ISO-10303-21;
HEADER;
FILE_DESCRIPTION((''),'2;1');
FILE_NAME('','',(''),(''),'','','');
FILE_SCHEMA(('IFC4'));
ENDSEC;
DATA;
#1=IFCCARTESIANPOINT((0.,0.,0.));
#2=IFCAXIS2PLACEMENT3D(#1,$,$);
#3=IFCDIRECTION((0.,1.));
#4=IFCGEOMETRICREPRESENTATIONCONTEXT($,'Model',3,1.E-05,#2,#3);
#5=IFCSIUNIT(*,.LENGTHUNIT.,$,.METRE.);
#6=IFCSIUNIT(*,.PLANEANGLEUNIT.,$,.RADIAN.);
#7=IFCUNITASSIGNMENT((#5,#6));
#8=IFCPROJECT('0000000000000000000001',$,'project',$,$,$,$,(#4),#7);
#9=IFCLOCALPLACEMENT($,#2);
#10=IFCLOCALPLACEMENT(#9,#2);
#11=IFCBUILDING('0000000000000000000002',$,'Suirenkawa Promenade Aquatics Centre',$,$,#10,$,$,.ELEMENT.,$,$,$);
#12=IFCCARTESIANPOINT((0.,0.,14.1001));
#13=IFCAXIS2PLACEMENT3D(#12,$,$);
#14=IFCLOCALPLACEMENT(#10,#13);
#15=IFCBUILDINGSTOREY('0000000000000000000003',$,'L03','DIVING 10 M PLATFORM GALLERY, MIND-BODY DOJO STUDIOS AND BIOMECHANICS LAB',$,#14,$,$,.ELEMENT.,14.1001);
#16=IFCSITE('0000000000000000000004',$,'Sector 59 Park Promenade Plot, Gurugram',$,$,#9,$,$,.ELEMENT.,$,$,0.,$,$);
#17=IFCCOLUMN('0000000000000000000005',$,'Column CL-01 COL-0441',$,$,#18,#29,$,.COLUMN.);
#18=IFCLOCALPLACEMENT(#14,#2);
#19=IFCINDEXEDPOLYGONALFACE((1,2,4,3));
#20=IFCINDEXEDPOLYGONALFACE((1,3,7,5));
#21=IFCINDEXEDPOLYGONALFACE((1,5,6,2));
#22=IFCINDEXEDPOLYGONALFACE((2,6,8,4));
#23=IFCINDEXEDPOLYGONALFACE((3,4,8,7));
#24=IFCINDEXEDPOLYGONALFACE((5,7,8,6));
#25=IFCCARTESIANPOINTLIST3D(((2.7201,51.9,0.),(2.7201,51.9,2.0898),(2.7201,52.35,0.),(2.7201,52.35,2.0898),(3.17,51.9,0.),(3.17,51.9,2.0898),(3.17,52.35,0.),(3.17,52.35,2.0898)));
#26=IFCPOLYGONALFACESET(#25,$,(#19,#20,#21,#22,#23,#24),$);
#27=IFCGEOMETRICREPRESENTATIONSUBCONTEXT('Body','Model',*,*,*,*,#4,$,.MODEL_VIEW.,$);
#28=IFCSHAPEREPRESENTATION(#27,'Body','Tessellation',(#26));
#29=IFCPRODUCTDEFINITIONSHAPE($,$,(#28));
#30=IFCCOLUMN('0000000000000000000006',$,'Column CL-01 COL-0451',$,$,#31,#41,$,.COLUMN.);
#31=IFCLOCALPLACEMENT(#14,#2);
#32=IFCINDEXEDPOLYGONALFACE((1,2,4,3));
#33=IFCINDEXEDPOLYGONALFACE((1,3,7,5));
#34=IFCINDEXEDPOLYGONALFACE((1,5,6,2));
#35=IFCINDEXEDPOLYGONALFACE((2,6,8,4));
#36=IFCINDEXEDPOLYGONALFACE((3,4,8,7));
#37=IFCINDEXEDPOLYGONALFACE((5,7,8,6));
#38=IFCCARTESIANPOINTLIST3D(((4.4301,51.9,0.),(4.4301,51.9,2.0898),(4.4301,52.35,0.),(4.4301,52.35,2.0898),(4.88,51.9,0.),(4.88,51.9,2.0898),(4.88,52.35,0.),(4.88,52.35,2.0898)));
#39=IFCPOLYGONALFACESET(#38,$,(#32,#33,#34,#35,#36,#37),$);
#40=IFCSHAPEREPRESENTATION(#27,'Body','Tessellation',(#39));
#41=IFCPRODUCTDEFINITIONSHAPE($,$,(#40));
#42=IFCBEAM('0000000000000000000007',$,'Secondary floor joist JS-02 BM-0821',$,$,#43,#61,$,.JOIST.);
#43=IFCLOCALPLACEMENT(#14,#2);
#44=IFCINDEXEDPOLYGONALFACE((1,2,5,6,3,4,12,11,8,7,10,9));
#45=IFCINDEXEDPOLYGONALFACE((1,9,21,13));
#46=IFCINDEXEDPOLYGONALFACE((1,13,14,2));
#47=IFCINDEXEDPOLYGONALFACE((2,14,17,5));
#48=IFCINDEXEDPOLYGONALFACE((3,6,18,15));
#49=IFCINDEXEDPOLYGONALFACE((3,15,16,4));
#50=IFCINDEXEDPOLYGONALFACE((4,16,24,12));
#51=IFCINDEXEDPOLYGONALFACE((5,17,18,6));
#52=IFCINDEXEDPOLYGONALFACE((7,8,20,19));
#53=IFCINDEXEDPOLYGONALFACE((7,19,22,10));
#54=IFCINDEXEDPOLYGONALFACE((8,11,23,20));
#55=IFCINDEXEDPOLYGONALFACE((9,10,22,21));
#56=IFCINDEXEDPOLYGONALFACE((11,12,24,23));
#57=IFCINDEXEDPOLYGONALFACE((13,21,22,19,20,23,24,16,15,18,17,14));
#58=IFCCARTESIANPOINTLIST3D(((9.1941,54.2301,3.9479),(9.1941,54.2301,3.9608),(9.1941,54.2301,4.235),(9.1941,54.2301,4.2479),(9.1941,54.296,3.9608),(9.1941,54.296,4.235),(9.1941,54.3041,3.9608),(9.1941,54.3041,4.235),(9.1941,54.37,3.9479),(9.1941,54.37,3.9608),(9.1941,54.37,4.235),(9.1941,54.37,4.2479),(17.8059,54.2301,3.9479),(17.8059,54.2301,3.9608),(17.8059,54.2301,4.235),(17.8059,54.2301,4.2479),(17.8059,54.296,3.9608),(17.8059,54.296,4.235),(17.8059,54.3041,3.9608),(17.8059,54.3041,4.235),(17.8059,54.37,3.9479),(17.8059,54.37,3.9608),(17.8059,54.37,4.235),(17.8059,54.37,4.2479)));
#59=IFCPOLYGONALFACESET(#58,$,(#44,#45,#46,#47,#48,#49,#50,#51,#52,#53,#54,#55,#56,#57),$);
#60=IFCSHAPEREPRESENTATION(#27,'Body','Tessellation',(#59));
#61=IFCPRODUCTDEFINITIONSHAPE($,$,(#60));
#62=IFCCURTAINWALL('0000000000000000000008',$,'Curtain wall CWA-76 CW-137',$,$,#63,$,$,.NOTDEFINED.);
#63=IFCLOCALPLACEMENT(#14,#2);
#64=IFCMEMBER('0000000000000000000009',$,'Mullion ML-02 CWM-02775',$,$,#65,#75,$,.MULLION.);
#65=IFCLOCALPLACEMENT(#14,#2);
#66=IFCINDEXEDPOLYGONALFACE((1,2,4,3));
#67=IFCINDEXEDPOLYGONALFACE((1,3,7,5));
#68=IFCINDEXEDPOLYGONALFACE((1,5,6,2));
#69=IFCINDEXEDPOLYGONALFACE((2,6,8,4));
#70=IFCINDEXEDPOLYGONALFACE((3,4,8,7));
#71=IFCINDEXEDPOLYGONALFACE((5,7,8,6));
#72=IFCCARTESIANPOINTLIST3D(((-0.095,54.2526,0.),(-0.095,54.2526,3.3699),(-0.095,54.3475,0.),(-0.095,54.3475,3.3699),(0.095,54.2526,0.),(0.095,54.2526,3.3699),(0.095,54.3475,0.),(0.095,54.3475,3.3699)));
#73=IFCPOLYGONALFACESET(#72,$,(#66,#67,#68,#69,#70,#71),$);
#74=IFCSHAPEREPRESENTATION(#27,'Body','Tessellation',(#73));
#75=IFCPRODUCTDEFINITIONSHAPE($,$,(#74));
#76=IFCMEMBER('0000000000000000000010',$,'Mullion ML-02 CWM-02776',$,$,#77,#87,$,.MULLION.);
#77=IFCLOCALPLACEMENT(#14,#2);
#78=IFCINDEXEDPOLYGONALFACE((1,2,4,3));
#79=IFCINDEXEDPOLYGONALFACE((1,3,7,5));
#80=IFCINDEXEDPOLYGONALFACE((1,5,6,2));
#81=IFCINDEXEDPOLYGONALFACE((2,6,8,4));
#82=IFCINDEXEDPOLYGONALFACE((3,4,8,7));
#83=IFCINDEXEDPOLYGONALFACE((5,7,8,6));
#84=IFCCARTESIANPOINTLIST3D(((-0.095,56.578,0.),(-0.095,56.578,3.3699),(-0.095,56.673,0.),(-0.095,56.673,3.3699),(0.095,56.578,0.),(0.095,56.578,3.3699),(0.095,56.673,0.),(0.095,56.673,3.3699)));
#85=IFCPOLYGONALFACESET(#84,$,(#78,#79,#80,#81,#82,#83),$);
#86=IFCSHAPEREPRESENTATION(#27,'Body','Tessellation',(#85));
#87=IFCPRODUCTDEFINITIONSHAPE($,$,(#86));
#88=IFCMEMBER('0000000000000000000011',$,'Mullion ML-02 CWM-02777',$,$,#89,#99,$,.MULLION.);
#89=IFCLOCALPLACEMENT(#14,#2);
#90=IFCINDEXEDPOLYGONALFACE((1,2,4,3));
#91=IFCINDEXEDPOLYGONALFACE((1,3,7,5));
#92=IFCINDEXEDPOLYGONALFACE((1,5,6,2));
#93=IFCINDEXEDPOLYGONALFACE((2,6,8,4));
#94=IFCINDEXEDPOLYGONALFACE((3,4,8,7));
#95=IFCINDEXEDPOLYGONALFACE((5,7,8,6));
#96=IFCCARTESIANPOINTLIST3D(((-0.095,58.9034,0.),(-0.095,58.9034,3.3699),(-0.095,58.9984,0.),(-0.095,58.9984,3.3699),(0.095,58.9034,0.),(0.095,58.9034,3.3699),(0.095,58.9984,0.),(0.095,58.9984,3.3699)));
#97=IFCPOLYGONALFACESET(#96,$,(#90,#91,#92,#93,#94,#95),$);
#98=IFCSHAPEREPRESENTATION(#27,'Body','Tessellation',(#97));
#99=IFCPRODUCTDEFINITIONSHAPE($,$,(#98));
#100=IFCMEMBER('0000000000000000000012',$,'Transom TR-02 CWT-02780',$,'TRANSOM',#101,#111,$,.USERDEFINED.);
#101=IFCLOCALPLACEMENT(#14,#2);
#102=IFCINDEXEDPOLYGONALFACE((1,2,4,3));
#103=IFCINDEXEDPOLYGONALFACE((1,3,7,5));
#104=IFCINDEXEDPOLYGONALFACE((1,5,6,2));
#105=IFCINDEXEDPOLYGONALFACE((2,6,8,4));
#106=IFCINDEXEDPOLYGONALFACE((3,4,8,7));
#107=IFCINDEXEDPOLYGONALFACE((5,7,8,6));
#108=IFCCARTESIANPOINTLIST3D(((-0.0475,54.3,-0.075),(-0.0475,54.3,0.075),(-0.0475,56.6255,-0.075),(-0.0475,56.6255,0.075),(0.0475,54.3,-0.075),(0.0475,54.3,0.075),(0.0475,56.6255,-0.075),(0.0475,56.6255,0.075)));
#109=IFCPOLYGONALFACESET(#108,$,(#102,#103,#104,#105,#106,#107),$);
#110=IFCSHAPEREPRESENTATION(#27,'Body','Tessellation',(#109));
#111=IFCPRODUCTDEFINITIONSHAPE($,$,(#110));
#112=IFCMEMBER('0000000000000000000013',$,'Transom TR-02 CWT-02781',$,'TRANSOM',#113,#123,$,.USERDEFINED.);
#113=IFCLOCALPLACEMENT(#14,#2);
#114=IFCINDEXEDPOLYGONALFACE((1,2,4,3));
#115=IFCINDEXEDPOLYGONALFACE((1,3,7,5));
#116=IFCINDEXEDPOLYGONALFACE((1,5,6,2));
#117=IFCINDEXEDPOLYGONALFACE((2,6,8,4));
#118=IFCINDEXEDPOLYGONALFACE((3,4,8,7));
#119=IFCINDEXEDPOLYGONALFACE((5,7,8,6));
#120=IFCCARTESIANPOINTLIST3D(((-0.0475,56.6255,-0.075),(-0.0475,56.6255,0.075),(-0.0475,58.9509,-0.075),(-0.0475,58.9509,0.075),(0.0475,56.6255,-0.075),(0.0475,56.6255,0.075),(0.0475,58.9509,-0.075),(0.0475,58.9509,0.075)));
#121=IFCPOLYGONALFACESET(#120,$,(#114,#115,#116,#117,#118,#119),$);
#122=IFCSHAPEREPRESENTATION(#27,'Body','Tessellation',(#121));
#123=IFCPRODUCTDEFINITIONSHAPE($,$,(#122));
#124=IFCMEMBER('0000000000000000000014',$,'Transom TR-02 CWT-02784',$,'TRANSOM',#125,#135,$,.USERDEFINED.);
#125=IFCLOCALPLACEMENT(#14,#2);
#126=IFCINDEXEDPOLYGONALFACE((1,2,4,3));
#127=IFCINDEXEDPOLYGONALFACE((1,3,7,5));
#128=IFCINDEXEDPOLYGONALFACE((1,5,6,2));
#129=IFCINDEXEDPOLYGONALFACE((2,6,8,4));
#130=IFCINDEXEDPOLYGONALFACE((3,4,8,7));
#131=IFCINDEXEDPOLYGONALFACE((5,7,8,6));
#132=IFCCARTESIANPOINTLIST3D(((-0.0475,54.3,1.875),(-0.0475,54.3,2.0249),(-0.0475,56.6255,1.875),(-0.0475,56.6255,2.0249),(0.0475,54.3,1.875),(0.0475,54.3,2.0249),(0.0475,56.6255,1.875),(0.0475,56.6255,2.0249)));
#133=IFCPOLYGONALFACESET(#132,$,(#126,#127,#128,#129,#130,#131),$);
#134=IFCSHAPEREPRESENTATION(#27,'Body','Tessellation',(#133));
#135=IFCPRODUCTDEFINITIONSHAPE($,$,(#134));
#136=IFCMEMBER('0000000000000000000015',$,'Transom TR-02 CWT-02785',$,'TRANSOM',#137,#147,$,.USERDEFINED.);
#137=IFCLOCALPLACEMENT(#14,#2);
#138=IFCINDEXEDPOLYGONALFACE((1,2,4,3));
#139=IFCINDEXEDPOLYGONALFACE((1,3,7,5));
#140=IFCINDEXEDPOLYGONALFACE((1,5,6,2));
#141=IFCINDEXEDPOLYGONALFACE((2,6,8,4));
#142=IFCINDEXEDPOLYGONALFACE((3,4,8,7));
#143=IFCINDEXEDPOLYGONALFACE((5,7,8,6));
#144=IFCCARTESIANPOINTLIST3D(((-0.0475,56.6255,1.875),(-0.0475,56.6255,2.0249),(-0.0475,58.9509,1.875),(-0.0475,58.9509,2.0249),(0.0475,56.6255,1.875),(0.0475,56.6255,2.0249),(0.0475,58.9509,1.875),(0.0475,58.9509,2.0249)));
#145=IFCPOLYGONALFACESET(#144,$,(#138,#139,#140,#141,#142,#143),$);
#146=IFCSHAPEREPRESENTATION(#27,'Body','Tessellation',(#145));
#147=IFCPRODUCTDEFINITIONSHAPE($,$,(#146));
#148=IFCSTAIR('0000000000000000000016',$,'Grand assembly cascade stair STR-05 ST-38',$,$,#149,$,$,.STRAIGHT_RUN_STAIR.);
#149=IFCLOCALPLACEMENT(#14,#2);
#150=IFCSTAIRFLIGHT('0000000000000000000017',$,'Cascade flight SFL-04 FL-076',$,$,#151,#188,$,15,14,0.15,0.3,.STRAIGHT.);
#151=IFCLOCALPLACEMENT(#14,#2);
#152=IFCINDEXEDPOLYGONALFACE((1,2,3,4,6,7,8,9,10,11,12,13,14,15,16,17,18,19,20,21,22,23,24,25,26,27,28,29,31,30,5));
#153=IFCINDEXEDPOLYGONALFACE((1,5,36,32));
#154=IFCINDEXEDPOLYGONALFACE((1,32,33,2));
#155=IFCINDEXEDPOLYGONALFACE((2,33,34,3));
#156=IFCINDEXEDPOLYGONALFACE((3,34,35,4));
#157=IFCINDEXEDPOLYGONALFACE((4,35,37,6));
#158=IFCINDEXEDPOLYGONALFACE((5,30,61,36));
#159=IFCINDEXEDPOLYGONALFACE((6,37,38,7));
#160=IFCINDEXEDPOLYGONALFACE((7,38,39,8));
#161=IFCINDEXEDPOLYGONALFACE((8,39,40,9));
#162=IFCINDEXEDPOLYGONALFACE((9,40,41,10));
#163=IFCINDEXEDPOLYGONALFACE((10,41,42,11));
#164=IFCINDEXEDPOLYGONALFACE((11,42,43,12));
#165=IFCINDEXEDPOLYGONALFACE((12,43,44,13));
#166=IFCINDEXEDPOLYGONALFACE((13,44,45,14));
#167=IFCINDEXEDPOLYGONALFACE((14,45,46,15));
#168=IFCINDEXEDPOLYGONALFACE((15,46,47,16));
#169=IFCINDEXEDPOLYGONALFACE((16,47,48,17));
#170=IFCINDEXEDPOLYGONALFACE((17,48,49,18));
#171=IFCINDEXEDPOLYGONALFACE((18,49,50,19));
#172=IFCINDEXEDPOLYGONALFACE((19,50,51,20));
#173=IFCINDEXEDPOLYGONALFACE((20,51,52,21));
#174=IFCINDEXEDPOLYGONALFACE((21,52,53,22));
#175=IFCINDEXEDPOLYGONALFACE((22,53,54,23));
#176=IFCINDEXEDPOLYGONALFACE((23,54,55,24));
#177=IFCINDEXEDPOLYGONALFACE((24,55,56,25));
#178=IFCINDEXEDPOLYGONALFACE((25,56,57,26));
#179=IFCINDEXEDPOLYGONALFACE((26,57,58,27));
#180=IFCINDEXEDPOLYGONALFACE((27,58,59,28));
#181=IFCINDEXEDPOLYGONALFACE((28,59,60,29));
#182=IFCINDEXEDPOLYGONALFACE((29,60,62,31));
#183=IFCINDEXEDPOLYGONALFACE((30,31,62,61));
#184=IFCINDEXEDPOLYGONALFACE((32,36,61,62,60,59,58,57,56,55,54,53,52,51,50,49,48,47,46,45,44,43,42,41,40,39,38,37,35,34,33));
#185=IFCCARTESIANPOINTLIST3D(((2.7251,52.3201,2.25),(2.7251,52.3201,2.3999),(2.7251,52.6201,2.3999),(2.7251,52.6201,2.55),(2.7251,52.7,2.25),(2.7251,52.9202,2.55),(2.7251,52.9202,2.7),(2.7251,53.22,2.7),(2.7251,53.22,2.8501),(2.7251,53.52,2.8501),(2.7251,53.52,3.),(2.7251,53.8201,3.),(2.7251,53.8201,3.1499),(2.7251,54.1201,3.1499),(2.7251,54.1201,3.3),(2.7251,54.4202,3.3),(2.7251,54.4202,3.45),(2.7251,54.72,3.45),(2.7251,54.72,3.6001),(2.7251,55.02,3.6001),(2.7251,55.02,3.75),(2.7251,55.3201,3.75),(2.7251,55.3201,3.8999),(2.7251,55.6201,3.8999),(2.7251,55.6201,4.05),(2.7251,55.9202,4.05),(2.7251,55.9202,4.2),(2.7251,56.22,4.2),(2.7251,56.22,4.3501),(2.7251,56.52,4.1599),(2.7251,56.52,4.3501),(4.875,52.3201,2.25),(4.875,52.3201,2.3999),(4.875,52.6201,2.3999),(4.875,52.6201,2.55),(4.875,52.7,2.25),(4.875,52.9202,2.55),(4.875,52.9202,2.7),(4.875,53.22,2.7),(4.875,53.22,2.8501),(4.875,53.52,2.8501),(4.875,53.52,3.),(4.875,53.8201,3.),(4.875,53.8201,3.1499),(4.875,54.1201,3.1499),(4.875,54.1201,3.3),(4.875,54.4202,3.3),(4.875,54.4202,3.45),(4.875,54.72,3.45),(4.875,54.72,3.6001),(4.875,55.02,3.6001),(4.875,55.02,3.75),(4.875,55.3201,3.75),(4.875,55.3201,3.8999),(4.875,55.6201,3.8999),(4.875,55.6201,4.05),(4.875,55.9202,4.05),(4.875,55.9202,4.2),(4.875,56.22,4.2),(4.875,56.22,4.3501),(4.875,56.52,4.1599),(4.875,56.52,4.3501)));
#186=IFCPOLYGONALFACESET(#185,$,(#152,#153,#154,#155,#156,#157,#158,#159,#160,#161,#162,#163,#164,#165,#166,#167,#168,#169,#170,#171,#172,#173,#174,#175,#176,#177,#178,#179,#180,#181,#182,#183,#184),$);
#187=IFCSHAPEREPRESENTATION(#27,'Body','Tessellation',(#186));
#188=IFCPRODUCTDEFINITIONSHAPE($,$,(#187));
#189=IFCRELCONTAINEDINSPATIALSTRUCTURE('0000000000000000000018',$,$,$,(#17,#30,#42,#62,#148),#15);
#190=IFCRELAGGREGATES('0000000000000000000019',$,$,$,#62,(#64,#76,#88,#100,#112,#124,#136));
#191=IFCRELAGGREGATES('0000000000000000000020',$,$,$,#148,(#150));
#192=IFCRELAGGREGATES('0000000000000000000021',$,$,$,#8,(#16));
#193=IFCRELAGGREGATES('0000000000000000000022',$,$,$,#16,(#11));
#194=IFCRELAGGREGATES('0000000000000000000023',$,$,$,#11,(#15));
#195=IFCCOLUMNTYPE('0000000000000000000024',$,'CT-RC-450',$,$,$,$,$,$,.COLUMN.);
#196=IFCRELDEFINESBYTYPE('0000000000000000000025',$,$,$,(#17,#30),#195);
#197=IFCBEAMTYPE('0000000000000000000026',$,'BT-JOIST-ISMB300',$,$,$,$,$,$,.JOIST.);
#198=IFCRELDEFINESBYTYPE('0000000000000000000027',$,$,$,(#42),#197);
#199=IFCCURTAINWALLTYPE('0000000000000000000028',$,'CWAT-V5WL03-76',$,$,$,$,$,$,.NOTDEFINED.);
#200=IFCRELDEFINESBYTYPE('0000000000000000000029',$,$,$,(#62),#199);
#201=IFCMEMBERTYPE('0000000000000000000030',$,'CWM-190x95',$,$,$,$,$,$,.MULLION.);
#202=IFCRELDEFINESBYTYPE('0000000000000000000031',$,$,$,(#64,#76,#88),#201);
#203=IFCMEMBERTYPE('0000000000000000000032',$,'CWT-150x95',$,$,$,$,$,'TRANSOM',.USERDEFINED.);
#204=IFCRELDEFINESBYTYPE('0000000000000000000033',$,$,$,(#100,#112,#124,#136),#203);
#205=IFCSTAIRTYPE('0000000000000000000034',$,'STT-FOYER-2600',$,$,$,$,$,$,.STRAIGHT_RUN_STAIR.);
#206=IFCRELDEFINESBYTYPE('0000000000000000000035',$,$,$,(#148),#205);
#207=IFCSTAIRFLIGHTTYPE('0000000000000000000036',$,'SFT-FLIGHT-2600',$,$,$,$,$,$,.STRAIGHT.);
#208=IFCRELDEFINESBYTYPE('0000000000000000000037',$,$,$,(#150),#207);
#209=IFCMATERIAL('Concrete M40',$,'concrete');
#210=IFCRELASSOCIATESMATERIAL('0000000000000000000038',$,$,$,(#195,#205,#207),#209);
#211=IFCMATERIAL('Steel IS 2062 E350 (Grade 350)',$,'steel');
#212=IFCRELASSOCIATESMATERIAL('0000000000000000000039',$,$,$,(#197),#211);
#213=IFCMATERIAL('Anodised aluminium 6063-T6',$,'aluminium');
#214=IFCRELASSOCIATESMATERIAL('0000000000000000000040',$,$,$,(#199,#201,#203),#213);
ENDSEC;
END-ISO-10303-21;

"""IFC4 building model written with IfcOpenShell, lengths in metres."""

from ifc_helpers import new_model, si_unit, direction, frame, origin, origin_2d, place, context, subcontext, project, spatial, polyline, rectangle, i_section, outline, extrude, material, material_profile, profile_set, type_object, element, aggregate, save


model = new_model("IFC4")

# Units and contexts
model_context = context("Model", 3, precision=1e-05, world=origin(), true_north=direction((0.0, 1.0)))
body_context = subcontext(model_context, "Body", "Model", "MODEL_VIEW")
ifc_project = project(units=[si_unit("LENGTHUNIT", "METRE"), si_unit("PLANEANGLEUNIT", "RADIAN")], contexts=[model_context])

# Site, building, storey
site_placement = place(None, origin())
site = spatial("IfcSite", under=ifc_project, at=site_placement, Name="Sector 59 Park Promenade Plot, Gurugram", CompositionType="ELEMENT", RefElevation=0.0)
building_placement = place(site_placement, origin())
building = spatial("IfcBuilding", under=site, at=building_placement, Name="Suirenkawa Promenade Aquatics Centre", CompositionType="ELEMENT")
storey_placement = place(building_placement, frame((0.0, 0.0, 14.1001)))
storey = spatial("IfcBuildingStorey", under=building, at=storey_placement, Name="L03", Description="DIVING 10 M PLATFORM GALLERY, MIND-BODY DOJO STUDIOS AND BIOMECHANICS LAB", CompositionType="ELEMENT", Elevation=14.1001)

# Columns
ifc_material_1 = material(Name="Concrete M40", Category="concrete")
ifc_material_profile_1 = material_profile(ifc_material_1, rectangle(XDim=0.45, YDim=0.45, at=origin_2d()), Name="RC COL 450x450", Category="concrete")
ifc_profile_set_1 = profile_set([ifc_material_profile_1], Name="Concrete M40")
column_type = type_object("IfcColumnType", Name="CT-RC-450", PredefinedType="COLUMN", material=ifc_profile_set_1)
for number, where, z_axis, x_axis, name in (
    (1, (2.9451, 52.125, 0.0), (0.0, 0.0, 1.0), (1.0, 0.0, 0.0), "Column CL-01 COL-0441"),
    (2, (4.655, 52.125, 0.0), (0.0, 0.0, 1.0), (1.0, 0.0, 0.0), "Column CL-01 COL-0451"),
):
    element("IfcColumn", number, at=place(storey_placement, frame(where, z_axis=z_axis, x_axis=x_axis)), inside=storey, type_object=column_type, Name=name, PredefinedType="COLUMN", context=body_context, shape_type="SweptSolid", body=[
        extrude(rectangle(XDim=0.45, YDim=0.45, at=origin_2d()), origin(), (0.0, 0.0, 1.0), 2.0898),
    ])

# Beam
ifc_material_2 = material(Name="Steel IS 2062 E350 (Grade 350)", Category="steel")
ifc_material_profile_2 = material_profile(ifc_material_2, i_section(OverallWidth=0.1399, OverallDepth=0.3, WebThickness=0.0081, FlangeThickness=0.0129, at=origin_2d()), Name="ISMB 300", Category="steel")
ifc_profile_set_2 = profile_set([ifc_material_profile_2], Name="Steel IS 2062 E350 (Grade 350)")
beam_type = type_object("IfcBeamType", Name="BT-JOIST-ISMB300", PredefinedType="JOIST", material=ifc_profile_set_2)
beam_placement = place(storey_placement, frame((9.1941, 54.3, 4.0979), z_axis=(1.0, 0.0, 0.0), x_axis=(0.0, 1.0, 0.0)))
element("IfcBeam", 3, at=beam_placement, inside=storey, type_object=beam_type, Name="Secondary floor joist JS-02 BM-0821", PredefinedType="JOIST", context=body_context, shape_type="SweptSolid", body=[
    extrude(i_section(OverallWidth=0.1399, OverallDepth=0.3, WebThickness=0.0081, FlangeThickness=0.0129, at=origin_2d()), origin(), (0.0, 0.0, 1.0), 8.6118),
])

# Curtain wall, members
ifc_material_3 = material(Name="Anodised aluminium 6063-T6", Category="aluminium")
curtain_wall_type = type_object("IfcCurtainWallType", Name="CWAT-V5WL03-76", PredefinedType="NOTDEFINED", material=ifc_material_3)
curtain_wall_placement = place(storey_placement, origin())
curtain_wall = element("IfcCurtainWall", 4, at=curtain_wall_placement, inside=storey, type_object=curtain_wall_type, Name="Curtain wall CWA-76 CW-137", PredefinedType="NOTDEFINED")
ifc_material_profile_3 = material_profile(ifc_material_3, rectangle(XDim=0.095, YDim=0.1899, at=origin_2d()), Name="ALU MULL 95x190", Category="aluminium")
ifc_profile_set_3 = profile_set([ifc_material_profile_3], Name="Anodised aluminium 6063-T6")
member_type_1 = type_object("IfcMemberType", Name="CWM-190x95", PredefinedType="MULLION", material=ifc_profile_set_3)
member_1_placement = place(storey_placement, frame((0.0, 54.3, 0.0), z_axis=(0.0, 0.0, 1.0), x_axis=(0.0, 1.0, 0.0)))
member_1 = element("IfcMember", 5, at=member_1_placement, type_object=member_type_1, Name="Mullion ML-02 CWM-02775", PredefinedType="MULLION", context=body_context, shape_type="SweptSolid", body=[
    extrude(rectangle(XDim=0.095, YDim=0.1899, at=origin_2d()), origin(), (0.0, 0.0, 1.0), 3.3699),
])
member_2_placement = place(storey_placement, frame((0.0, 56.6255, 0.0), z_axis=(0.0, 0.0, 1.0), x_axis=(0.0, 1.0, 0.0)))
member_2 = element("IfcMember", 6, at=member_2_placement, type_object=member_type_1, Name="Mullion ML-02 CWM-02776", PredefinedType="MULLION", context=body_context, shape_type="SweptSolid", body=[
    extrude(rectangle(XDim=0.095, YDim=0.1899, at=origin_2d()), origin(), (0.0, 0.0, 1.0), 3.3699),
])
member_3_placement = place(storey_placement, frame((0.0, 58.9509, 0.0), z_axis=(0.0, 0.0, 1.0), x_axis=(0.0, 1.0, 0.0)))
member_3 = element("IfcMember", 7, at=member_3_placement, type_object=member_type_1, Name="Mullion ML-02 CWM-02777", PredefinedType="MULLION", context=body_context, shape_type="SweptSolid", body=[
    extrude(rectangle(XDim=0.095, YDim=0.1899, at=origin_2d()), origin(), (0.0, 0.0, 1.0), 3.3699),
])
ifc_material_profile_4 = material_profile(ifc_material_3, rectangle(XDim=0.095, YDim=0.1499, at=origin_2d()), Name="ALU TRAN 95x150", Category="aluminium")
ifc_profile_set_4 = profile_set([ifc_material_profile_4], Name="Anodised aluminium 6063-T6")
member_type_2 = type_object("IfcMemberType", Name="CWT-150x95", ElementType="TRANSOM", PredefinedType="USERDEFINED", material=ifc_profile_set_4)
member_4_placement = place(storey_placement, frame((0.0, 54.3, 0.0), z_axis=(0.0, 1.0, 0.0), x_axis=(-1.0, 0.0, 0.0)))
member_4 = element("IfcMember", 8, at=member_4_placement, type_object=member_type_2, Name="Transom TR-02 CWT-02780", ObjectType="TRANSOM", PredefinedType="USERDEFINED", context=body_context, shape_type="SweptSolid", body=[
    extrude(rectangle(XDim=0.095, YDim=0.1499, at=origin_2d()), origin(), (0.0, 0.0, 1.0), 2.3254),
])
member_5_placement = place(storey_placement, frame((0.0, 56.6255, 0.0), z_axis=(0.0, 1.0, 0.0), x_axis=(-1.0, 0.0, 0.0)))
member_5 = element("IfcMember", 9, at=member_5_placement, type_object=member_type_2, Name="Transom TR-02 CWT-02781", ObjectType="TRANSOM", PredefinedType="USERDEFINED", context=body_context, shape_type="SweptSolid", body=[
    extrude(rectangle(XDim=0.095, YDim=0.1499, at=origin_2d()), origin(), (0.0, 0.0, 1.0), 2.3254),
])
member_6_placement = place(storey_placement, frame((0.0, 54.3, 1.95), z_axis=(0.0, 1.0, 0.0), x_axis=(-1.0, 0.0, 0.0)))
member_6 = element("IfcMember", 10, at=member_6_placement, type_object=member_type_2, Name="Transom TR-02 CWT-02784", ObjectType="TRANSOM", PredefinedType="USERDEFINED", context=body_context, shape_type="SweptSolid", body=[
    extrude(rectangle(XDim=0.095, YDim=0.1499, at=origin_2d()), origin(), (0.0, 0.0, 1.0), 2.3254),
])
member_7_placement = place(storey_placement, frame((0.0, 56.6255, 1.95), z_axis=(0.0, 1.0, 0.0), x_axis=(-1.0, 0.0, 0.0)))
member_7 = element("IfcMember", 11, at=member_7_placement, type_object=member_type_2, Name="Transom TR-02 CWT-02785", ObjectType="TRANSOM", PredefinedType="USERDEFINED", context=body_context, shape_type="SweptSolid", body=[
    extrude(rectangle(XDim=0.095, YDim=0.1499, at=origin_2d()), origin(), (0.0, 0.0, 1.0), 2.3254),
])
aggregate(curtain_wall, [member_1, member_2, member_3, member_4, member_5, member_6, member_7])

# Stair, stair flight
stair_type = type_object("IfcStairType", Name="STT-FOYER-2600", PredefinedType="STRAIGHT_RUN_STAIR", material=ifc_material_1)
stair_placement = place(storey_placement, origin())
stair = element("IfcStair", 12, at=stair_placement, inside=storey, type_object=stair_type, Name="Grand assembly cascade stair STR-05 ST-38", PredefinedType="STRAIGHT_RUN_STAIR")
stair_flight_type = type_object("IfcStairFlightType", Name="SFT-FLIGHT-2600", PredefinedType="STRAIGHT", material=ifc_material_1)
stair_flight_placement = place(storey_placement, frame((3.8, 52.3201, 2.25), z_axis=(0.0, 0.0, 1.0), x_axis=(0.0, 1.0, 0.0)))
stair_flight = element("IfcStairFlight", 13, at=stair_flight_placement, type_object=stair_flight_type, Name="Cascade flight SFL-04 FL-076", NumberOfRisers=15, NumberOfTreads=14, PredefinedType="STRAIGHT", RiserHeight=0.15, TreadLength=0.3, context=body_context, shape_type="SweptSolid", body=[
    extrude(outline(polyline([(0.0, 0.0), (0.0, 0.1499), (0.3, 0.1499), (0.3, 0.3), (0.6001, 0.3), (0.6001, 0.45), (0.8999, 0.45), (0.8999, 0.6001), (1.2, 0.6001), (1.2, 0.75), (1.5, 0.75), (1.5, 0.8999), (1.8, 0.8999), (1.8, 1.05), (2.1001, 1.05), (2.1001, 1.2), (2.3999, 1.2), (2.3999, 1.3501), (2.7, 1.3501), (2.7, 1.5), (3.0, 1.5), (3.0, 1.6499), (3.3, 1.6499), (3.3, 1.8), (3.6001, 1.8), (3.6001, 1.95), (3.8999, 1.95), (3.8999, 2.1001), (4.2, 2.1001), (4.2, 2.25), (4.2, 1.9099), (0.3799, 0.0), (0.0, 0.0)])), frame((0.0, 1.075, 0.0), z_axis=(0.0, -1.0, 0.0), x_axis=(1.0, 0.0, 0.0)), (0.0, 0.0, 1.0), 2.1499),
])
aggregate(stair, [stair_flight])

save(model, "model.ifc")
